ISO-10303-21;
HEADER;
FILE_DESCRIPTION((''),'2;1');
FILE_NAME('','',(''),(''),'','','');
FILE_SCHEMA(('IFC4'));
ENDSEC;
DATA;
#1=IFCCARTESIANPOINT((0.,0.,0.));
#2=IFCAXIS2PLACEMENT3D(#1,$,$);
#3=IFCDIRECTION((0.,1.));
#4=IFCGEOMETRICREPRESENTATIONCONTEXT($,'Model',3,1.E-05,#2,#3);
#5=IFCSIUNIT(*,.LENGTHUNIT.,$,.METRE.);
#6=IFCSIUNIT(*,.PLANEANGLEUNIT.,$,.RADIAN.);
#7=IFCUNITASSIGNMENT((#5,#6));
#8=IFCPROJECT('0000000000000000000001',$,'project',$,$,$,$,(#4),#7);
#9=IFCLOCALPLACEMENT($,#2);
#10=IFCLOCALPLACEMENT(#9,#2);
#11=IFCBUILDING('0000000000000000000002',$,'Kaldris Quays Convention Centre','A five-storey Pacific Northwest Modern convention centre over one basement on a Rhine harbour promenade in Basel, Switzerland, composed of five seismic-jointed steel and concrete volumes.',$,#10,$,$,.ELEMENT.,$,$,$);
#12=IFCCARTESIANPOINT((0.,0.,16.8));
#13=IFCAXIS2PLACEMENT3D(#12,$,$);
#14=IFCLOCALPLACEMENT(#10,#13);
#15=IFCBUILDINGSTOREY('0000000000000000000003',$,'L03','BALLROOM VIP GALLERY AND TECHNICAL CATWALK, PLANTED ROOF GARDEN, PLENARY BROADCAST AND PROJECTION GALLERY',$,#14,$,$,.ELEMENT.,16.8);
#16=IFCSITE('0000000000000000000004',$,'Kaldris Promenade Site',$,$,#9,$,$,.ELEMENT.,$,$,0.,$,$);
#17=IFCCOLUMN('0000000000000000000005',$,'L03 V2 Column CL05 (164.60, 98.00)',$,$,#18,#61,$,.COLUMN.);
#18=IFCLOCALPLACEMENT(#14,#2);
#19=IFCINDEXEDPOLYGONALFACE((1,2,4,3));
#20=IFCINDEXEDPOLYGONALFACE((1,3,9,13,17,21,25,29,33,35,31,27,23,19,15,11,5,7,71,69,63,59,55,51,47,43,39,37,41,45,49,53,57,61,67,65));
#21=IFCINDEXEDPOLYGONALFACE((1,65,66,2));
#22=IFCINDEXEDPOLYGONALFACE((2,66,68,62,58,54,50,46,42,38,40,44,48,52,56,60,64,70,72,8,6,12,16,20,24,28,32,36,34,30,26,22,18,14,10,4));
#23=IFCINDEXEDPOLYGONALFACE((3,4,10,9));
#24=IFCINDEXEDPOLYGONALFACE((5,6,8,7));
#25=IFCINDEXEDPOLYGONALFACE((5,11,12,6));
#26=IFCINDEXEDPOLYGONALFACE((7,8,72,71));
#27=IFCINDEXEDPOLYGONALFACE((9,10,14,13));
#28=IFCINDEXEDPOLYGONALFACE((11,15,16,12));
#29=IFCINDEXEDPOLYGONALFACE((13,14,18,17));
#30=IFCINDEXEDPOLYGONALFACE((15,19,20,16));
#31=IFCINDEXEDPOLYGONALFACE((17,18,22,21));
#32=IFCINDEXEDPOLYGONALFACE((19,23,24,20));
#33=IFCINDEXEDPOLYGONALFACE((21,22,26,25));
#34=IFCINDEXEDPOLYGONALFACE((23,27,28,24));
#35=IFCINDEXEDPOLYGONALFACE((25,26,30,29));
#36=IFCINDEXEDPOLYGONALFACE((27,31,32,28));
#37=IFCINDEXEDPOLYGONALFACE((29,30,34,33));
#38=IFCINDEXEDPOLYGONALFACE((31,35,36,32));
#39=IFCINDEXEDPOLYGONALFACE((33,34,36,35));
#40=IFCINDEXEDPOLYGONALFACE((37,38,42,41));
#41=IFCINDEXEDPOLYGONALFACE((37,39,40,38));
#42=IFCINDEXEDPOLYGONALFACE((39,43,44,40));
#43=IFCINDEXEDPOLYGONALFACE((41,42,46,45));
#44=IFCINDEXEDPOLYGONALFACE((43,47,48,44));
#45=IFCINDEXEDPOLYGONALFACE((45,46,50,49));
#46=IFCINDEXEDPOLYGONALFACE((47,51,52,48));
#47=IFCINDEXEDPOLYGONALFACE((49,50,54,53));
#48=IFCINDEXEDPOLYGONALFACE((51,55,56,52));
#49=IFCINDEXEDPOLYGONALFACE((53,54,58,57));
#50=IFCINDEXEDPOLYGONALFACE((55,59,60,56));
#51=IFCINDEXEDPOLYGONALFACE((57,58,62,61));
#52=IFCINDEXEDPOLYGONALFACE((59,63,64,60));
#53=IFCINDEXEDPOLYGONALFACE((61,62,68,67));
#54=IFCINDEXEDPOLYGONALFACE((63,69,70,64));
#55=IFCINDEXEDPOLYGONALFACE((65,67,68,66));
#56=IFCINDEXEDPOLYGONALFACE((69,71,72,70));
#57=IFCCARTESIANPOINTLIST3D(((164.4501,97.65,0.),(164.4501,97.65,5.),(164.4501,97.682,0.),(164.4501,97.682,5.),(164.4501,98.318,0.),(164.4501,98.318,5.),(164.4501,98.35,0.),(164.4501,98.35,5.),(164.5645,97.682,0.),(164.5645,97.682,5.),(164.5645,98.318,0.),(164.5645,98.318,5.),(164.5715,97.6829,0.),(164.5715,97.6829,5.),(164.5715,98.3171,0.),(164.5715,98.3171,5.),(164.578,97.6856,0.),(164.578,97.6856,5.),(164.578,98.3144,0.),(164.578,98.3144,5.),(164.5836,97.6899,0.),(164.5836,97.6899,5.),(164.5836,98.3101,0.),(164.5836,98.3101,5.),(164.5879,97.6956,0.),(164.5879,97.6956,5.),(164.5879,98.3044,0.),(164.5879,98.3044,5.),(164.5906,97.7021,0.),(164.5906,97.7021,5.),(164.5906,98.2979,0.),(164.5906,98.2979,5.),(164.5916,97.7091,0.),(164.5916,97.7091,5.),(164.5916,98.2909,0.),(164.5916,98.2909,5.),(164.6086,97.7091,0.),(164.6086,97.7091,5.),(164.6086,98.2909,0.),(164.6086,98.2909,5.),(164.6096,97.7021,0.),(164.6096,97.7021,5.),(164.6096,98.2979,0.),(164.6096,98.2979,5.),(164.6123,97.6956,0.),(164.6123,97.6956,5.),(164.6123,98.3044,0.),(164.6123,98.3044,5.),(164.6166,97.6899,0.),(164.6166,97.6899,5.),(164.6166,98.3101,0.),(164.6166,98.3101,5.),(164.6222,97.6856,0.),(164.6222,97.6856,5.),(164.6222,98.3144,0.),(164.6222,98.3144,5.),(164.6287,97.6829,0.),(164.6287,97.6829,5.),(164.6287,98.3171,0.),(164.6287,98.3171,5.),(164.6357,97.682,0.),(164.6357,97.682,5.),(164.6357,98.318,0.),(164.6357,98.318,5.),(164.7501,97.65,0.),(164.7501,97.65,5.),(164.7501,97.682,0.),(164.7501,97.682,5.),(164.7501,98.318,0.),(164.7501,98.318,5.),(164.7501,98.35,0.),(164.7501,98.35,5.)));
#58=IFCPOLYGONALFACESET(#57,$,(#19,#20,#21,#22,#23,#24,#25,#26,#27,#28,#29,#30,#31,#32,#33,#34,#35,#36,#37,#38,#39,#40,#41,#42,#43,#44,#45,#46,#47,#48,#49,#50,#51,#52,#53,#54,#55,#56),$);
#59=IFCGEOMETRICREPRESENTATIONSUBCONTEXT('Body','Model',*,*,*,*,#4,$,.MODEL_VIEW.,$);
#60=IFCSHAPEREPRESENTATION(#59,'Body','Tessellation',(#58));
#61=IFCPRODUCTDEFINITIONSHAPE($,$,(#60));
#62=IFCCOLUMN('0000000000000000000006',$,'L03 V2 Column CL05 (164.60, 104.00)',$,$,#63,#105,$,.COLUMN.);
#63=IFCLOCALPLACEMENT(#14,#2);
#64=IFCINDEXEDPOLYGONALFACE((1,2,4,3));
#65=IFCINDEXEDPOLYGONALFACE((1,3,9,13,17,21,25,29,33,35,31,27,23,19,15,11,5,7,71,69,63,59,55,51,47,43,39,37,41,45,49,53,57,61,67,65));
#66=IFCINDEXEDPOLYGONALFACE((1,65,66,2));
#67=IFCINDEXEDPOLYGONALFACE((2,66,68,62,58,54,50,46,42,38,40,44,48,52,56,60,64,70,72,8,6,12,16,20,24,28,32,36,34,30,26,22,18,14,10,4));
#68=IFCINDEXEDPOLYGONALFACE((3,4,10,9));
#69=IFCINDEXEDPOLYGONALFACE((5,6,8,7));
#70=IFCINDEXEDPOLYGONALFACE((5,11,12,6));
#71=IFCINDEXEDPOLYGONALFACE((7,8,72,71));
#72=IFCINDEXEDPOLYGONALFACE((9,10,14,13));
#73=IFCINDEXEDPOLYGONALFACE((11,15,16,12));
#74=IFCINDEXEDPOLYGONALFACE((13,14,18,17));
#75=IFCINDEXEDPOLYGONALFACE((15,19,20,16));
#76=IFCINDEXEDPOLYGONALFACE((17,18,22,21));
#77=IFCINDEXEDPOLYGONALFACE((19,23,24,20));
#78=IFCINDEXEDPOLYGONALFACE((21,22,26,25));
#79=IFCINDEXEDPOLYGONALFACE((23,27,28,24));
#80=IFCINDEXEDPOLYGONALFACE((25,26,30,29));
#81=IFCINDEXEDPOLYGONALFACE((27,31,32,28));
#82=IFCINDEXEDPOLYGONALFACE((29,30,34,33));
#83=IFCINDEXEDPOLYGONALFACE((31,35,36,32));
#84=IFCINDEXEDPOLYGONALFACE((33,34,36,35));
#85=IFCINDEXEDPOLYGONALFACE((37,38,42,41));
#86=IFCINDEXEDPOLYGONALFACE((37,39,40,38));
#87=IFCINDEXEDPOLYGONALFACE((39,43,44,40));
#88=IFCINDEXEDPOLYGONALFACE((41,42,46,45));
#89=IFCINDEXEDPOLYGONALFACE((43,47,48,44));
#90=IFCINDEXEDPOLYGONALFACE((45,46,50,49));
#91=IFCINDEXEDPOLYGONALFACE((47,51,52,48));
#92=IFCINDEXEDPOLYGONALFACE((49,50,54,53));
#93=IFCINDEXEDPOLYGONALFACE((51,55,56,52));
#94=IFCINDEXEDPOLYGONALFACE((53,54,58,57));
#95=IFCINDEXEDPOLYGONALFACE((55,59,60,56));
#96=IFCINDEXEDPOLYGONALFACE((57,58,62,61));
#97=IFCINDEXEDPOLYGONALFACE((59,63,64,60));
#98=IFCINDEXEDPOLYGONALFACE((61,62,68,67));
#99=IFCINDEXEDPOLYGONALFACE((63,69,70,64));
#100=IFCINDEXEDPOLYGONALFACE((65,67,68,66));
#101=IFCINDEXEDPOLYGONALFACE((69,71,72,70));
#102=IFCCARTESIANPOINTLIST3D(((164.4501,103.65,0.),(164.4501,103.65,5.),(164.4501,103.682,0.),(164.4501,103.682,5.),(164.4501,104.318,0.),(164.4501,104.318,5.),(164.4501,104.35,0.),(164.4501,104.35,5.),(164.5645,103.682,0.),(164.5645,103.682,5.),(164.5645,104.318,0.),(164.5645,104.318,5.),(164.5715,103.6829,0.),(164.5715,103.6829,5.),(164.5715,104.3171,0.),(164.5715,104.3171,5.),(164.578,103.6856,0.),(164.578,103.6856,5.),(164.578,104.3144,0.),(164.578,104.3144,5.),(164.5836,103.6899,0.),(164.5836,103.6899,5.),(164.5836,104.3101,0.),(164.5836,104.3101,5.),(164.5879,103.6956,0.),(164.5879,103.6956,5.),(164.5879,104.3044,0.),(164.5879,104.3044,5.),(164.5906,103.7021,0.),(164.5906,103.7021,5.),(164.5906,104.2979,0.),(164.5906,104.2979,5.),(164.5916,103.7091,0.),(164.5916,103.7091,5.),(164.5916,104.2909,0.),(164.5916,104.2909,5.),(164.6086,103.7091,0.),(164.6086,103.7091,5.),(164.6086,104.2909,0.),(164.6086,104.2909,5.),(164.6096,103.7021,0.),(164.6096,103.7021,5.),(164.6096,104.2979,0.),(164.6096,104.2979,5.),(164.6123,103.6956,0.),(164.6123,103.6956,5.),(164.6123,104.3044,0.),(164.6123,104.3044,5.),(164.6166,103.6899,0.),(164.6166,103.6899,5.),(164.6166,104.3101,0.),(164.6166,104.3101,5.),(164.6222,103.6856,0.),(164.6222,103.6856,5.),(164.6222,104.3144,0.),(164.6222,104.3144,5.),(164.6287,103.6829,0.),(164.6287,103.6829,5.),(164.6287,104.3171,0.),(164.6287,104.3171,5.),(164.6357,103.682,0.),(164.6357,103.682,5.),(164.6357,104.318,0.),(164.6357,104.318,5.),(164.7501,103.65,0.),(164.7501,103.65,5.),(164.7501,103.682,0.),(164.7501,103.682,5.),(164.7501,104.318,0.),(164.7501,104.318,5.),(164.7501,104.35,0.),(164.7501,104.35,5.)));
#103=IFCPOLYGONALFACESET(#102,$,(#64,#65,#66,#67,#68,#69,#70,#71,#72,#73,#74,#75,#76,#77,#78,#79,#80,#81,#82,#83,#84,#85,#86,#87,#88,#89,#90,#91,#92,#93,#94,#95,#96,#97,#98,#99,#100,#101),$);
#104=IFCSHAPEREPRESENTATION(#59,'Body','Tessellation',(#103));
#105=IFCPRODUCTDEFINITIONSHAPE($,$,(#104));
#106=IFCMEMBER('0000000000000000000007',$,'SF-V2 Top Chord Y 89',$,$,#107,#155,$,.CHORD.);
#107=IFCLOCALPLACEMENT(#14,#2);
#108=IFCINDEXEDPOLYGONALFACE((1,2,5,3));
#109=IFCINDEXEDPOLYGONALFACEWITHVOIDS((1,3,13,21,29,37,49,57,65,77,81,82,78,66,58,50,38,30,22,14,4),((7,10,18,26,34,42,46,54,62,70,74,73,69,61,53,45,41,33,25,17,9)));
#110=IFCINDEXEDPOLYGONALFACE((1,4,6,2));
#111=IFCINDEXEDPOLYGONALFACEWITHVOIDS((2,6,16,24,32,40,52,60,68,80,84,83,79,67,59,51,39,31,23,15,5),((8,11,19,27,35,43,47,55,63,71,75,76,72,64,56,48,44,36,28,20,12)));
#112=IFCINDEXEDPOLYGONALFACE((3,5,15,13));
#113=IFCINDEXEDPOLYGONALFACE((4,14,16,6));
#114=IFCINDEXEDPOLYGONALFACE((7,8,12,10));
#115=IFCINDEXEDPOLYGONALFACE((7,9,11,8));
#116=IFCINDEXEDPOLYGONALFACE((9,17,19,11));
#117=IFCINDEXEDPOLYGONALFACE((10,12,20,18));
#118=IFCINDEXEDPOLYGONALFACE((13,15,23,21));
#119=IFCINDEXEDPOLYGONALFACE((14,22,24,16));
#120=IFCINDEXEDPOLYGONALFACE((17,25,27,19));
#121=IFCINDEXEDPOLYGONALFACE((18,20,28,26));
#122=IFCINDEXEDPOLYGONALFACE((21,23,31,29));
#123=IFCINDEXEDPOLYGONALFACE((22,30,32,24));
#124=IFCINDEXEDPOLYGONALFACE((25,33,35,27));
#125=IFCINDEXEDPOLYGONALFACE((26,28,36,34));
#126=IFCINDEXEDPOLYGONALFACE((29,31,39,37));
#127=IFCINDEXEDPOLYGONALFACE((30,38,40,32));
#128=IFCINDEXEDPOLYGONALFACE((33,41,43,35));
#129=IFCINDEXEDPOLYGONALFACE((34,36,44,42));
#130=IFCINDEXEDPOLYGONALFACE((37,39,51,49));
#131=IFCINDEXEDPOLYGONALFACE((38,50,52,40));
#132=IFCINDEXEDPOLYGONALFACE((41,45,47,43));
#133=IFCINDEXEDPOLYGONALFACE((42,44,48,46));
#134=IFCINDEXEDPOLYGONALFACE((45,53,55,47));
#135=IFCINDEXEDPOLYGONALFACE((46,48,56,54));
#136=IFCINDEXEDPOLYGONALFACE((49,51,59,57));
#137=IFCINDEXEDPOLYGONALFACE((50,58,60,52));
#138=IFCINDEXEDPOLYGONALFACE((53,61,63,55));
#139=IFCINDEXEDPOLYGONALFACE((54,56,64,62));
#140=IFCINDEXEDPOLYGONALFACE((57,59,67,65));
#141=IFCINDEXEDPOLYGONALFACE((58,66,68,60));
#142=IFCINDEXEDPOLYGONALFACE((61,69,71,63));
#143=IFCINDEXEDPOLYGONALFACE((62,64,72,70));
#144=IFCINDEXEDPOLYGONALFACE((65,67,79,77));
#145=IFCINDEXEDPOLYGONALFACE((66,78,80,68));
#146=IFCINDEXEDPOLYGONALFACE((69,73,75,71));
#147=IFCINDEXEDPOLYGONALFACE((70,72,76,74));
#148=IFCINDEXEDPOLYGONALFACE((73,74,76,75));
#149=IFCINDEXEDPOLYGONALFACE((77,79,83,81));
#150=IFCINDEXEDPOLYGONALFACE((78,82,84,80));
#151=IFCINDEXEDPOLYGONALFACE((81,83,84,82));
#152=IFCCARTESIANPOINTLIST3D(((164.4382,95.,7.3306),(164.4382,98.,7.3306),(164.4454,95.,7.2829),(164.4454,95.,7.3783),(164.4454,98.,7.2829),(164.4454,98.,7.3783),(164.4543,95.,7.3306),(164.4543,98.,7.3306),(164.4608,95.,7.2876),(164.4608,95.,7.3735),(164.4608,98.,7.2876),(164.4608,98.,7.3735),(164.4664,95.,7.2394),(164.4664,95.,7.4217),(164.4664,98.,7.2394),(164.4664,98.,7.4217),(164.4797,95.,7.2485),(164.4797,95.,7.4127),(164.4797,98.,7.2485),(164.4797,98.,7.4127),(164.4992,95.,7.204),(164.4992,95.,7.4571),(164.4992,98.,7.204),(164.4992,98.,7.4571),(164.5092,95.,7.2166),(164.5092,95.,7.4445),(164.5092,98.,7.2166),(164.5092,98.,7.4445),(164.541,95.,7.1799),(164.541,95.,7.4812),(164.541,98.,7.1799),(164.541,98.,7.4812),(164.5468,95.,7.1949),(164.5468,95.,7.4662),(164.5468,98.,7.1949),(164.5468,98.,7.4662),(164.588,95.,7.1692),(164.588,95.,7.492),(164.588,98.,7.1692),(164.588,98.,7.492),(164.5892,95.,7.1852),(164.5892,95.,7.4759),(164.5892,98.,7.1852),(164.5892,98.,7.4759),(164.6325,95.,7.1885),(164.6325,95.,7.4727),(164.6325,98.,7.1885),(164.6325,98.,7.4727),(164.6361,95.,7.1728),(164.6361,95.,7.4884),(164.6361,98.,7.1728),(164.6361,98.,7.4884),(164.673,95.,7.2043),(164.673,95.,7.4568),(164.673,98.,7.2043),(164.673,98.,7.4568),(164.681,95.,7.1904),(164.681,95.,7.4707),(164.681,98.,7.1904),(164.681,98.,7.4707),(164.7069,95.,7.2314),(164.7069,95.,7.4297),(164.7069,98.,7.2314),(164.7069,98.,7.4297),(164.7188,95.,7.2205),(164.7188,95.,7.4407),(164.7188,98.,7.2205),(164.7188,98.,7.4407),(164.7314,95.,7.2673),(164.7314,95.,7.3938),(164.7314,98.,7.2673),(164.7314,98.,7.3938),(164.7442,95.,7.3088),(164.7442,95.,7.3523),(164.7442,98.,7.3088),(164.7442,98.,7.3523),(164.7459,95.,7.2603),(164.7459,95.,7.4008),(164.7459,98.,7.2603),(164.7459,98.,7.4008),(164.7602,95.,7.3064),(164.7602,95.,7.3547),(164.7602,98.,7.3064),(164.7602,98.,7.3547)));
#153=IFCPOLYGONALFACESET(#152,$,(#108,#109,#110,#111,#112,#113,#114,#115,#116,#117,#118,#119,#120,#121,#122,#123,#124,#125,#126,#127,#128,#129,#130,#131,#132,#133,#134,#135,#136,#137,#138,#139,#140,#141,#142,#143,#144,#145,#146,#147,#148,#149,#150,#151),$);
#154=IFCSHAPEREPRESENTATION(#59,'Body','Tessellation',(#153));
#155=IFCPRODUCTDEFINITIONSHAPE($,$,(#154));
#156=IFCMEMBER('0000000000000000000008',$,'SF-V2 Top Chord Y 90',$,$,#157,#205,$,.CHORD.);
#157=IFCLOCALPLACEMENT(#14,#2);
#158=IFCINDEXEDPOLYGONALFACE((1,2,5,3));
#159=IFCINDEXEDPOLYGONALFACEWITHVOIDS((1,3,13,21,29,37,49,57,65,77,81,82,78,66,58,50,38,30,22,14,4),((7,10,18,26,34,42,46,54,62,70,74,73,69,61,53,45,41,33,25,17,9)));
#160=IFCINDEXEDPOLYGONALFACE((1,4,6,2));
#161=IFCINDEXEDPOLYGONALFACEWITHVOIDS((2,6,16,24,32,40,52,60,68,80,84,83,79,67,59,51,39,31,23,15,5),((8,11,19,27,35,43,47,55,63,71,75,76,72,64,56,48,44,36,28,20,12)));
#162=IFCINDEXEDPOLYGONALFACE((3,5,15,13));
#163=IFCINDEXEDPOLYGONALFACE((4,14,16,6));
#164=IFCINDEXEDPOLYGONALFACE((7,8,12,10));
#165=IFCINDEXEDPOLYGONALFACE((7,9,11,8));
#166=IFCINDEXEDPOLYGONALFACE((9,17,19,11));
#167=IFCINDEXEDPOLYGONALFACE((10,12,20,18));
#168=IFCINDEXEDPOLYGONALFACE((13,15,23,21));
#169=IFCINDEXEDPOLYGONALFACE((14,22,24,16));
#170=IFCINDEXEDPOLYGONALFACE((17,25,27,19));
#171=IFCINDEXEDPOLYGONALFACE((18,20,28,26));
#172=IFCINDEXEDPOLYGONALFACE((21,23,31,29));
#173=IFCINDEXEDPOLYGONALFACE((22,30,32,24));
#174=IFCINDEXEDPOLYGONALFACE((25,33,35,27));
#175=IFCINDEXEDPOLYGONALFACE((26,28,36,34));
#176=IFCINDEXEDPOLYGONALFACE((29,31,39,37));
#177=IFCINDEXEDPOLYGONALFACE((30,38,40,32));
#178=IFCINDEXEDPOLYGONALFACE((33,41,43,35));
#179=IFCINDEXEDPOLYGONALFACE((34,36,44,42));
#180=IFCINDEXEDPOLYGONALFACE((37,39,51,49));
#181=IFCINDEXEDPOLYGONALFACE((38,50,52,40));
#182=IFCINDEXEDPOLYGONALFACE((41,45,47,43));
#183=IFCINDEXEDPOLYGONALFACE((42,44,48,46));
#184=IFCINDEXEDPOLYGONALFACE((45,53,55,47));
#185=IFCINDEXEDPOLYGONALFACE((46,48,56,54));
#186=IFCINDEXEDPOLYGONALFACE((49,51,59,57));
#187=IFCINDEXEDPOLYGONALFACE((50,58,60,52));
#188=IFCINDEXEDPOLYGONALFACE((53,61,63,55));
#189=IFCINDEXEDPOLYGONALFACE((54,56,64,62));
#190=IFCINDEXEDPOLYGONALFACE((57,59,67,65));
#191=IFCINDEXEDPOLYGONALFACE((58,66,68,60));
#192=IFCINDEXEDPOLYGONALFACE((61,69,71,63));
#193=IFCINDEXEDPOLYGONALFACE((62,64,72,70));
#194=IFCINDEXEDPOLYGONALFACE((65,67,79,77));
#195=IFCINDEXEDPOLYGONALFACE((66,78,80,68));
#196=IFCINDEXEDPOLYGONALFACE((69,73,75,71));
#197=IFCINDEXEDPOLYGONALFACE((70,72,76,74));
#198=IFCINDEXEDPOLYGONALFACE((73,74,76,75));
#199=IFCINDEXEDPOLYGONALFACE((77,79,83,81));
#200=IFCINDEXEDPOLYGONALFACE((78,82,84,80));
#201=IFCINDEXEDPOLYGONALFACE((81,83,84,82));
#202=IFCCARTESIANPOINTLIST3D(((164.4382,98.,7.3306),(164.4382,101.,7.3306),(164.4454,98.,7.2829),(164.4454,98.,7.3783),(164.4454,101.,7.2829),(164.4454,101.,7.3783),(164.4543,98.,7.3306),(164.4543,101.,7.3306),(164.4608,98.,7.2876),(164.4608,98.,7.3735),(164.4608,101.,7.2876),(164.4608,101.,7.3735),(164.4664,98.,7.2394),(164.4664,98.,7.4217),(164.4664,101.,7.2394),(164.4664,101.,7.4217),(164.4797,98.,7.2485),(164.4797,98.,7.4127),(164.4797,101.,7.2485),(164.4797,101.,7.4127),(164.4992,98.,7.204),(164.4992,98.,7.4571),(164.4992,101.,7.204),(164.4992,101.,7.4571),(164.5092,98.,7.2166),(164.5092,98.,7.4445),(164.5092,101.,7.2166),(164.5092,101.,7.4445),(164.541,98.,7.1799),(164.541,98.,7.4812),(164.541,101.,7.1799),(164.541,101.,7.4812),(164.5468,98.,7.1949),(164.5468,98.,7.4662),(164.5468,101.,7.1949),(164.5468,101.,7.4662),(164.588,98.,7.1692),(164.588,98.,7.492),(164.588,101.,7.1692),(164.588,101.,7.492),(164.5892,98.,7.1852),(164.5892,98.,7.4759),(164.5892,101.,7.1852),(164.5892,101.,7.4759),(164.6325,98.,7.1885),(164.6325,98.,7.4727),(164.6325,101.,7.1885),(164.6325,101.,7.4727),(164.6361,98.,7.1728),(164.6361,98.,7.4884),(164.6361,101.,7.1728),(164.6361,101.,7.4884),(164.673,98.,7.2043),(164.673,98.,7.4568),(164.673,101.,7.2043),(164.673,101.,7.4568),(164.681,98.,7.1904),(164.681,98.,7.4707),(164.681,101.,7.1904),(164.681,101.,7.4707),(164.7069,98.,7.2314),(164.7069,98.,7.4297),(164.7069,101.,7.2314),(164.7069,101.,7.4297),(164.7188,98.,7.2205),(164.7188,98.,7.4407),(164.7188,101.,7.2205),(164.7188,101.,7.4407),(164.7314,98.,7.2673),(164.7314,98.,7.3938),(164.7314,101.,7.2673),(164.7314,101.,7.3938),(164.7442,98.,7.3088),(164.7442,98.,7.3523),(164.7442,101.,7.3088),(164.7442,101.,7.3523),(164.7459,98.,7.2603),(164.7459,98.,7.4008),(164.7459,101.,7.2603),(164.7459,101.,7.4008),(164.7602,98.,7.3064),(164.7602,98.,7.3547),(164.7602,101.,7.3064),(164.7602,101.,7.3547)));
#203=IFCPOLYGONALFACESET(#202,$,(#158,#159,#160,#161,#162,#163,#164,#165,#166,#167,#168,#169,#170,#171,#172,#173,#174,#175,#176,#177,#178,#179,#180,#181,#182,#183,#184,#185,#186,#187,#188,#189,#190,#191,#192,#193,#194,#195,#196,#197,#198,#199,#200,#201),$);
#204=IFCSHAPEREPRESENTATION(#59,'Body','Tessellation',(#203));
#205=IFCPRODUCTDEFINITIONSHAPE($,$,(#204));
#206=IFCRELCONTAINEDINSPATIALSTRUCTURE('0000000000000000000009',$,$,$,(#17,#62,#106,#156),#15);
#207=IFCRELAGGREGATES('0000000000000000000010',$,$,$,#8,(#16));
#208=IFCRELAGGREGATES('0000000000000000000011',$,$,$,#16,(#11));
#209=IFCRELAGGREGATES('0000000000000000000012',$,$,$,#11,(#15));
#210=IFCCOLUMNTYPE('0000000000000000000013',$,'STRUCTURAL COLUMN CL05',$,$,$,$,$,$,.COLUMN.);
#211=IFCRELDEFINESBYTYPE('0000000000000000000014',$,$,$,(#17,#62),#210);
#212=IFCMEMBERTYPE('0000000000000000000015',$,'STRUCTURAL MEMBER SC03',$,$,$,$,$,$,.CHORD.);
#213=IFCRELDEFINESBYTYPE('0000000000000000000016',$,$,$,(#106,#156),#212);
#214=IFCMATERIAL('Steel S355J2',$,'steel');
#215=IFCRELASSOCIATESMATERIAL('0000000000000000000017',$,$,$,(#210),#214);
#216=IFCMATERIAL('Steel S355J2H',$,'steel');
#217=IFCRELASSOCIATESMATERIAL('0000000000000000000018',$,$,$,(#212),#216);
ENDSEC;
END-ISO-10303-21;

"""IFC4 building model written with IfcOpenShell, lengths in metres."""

from ifc_helpers import new_model, si_unit, direction, frame, origin, origin_2d, place, context, subcontext, project, spatial, hollow_circle, i_section, extrude, material, material_profile, profile_set, type_object, element, save


model = new_model("IFC4")

# Units and contexts
model_context = context("Model", 3, precision=1e-05, world=origin(), true_north=direction((0.0, 1.0)))
body_context = subcontext(model_context, "Body", "Model", "MODEL_VIEW")
ifc_project = project(units=[si_unit("LENGTHUNIT", "METRE"), si_unit("PLANEANGLEUNIT", "RADIAN")], contexts=[model_context])

# Site, building, storey
site_placement = place(None, origin())
site = spatial("IfcSite", under=ifc_project, at=site_placement, Name="Kaldris Promenade Site", CompositionType="ELEMENT", RefElevation=0.0)
building_placement = place(site_placement, origin())
building = spatial("IfcBuilding", under=site, at=building_placement, Name="Kaldris Quays Convention Centre", Description="A five-storey Pacific Northwest Modern convention centre over one basement on a Rhine harbour promenade in Basel, Switzerland, composed of five seismic-jointed steel and concrete volumes.", CompositionType="ELEMENT")
storey_placement = place(building_placement, frame((0.0, 0.0, 16.8)))
storey = spatial("IfcBuildingStorey", under=building, at=storey_placement, Name="L03", Description="BALLROOM VIP GALLERY AND TECHNICAL CATWALK, PLANTED ROOF GARDEN, PLENARY BROADCAST AND PROJECTION GALLERY", CompositionType="ELEMENT", Elevation=16.8)

# Columns
ifc_material_1 = material(Name="Steel S355J2", Category="steel")
ifc_material_profile_1 = material_profile(ifc_material_1, i_section(OverallWidth=0.3, OverallDepth=0.7, WebThickness=0.0171, FlangeThickness=0.032, FilletRadius=0.0271, at=origin_2d()), Name="HEB 700")
ifc_profile_set_1 = profile_set([ifc_material_profile_1], Name="Steel S355J2")
column_type = type_object("IfcColumnType", Name="STRUCTURAL COLUMN CL05", PredefinedType="COLUMN", material=ifc_profile_set_1)
for number, where, z_axis, x_axis, name in (
    (1, (164.6001, 98.0, 0.0), (0.0, 0.0, 1.0), (1.0, 0.0, 0.0), "L03 V2 Column CL05 (164.60, 98.00)"),
    (2, (164.6001, 104.0, 0.0), (0.0, 0.0, 1.0), (1.0, 0.0, 0.0), "L03 V2 Column CL05 (164.60, 104.00)"),
):
    element("IfcColumn", number, at=place(storey_placement, frame(where, z_axis=z_axis, x_axis=x_axis)), inside=storey, type_object=column_type, Name=name, PredefinedType="COLUMN", context=body_context, shape_type="SweptSolid", body=[
        extrude(i_section(OverallWidth=0.3, OverallDepth=0.7, WebThickness=0.0171, FlangeThickness=0.032, FilletRadius=0.0271, at=origin_2d()), origin(), (0.0, 0.0, 1.0), 5.0),
    ])

# Members
ifc_material_2 = material(Name="Steel S355J2H", Category="steel")
ifc_material_profile_2 = material_profile(ifc_material_2, hollow_circle(Radius=0.1619, WallThickness=0.0161, at=origin_2d()), Name="CHS 323.9x16")
ifc_profile_set_2 = profile_set([ifc_material_profile_2], Name="Steel S355J2H")
member_type_1 = type_object("IfcMemberType", Name="STRUCTURAL MEMBER SC03", PredefinedType="CHORD", material=ifc_profile_set_2)
for number, where, z_axis, x_axis, name in (
    (3, (164.6001, 95.0, 7.3306), (0.0, 1.0, 0.0), (-1.0, 0.0, 0.0), "SF-V2 Top Chord Y 89"),
    (4, (164.6001, 98.0, 7.3306), (0.0, 1.0, 0.0), (-1.0, 0.0, 0.0), "SF-V2 Top Chord Y 90"),
):
    element("IfcMember", number, at=place(storey_placement, frame(where, z_axis=z_axis, x_axis=x_axis)), inside=storey, type_object=member_type_1, Name=name, PredefinedType="CHORD", context=body_context, shape_type="SweptSolid", body=[
        extrude(hollow_circle(Radius=0.1619, WallThickness=0.0161, at=origin_2d()), origin(), (0.0, 0.0, 1.0), 3.0),
    ])

save(model, "model.ifc")
